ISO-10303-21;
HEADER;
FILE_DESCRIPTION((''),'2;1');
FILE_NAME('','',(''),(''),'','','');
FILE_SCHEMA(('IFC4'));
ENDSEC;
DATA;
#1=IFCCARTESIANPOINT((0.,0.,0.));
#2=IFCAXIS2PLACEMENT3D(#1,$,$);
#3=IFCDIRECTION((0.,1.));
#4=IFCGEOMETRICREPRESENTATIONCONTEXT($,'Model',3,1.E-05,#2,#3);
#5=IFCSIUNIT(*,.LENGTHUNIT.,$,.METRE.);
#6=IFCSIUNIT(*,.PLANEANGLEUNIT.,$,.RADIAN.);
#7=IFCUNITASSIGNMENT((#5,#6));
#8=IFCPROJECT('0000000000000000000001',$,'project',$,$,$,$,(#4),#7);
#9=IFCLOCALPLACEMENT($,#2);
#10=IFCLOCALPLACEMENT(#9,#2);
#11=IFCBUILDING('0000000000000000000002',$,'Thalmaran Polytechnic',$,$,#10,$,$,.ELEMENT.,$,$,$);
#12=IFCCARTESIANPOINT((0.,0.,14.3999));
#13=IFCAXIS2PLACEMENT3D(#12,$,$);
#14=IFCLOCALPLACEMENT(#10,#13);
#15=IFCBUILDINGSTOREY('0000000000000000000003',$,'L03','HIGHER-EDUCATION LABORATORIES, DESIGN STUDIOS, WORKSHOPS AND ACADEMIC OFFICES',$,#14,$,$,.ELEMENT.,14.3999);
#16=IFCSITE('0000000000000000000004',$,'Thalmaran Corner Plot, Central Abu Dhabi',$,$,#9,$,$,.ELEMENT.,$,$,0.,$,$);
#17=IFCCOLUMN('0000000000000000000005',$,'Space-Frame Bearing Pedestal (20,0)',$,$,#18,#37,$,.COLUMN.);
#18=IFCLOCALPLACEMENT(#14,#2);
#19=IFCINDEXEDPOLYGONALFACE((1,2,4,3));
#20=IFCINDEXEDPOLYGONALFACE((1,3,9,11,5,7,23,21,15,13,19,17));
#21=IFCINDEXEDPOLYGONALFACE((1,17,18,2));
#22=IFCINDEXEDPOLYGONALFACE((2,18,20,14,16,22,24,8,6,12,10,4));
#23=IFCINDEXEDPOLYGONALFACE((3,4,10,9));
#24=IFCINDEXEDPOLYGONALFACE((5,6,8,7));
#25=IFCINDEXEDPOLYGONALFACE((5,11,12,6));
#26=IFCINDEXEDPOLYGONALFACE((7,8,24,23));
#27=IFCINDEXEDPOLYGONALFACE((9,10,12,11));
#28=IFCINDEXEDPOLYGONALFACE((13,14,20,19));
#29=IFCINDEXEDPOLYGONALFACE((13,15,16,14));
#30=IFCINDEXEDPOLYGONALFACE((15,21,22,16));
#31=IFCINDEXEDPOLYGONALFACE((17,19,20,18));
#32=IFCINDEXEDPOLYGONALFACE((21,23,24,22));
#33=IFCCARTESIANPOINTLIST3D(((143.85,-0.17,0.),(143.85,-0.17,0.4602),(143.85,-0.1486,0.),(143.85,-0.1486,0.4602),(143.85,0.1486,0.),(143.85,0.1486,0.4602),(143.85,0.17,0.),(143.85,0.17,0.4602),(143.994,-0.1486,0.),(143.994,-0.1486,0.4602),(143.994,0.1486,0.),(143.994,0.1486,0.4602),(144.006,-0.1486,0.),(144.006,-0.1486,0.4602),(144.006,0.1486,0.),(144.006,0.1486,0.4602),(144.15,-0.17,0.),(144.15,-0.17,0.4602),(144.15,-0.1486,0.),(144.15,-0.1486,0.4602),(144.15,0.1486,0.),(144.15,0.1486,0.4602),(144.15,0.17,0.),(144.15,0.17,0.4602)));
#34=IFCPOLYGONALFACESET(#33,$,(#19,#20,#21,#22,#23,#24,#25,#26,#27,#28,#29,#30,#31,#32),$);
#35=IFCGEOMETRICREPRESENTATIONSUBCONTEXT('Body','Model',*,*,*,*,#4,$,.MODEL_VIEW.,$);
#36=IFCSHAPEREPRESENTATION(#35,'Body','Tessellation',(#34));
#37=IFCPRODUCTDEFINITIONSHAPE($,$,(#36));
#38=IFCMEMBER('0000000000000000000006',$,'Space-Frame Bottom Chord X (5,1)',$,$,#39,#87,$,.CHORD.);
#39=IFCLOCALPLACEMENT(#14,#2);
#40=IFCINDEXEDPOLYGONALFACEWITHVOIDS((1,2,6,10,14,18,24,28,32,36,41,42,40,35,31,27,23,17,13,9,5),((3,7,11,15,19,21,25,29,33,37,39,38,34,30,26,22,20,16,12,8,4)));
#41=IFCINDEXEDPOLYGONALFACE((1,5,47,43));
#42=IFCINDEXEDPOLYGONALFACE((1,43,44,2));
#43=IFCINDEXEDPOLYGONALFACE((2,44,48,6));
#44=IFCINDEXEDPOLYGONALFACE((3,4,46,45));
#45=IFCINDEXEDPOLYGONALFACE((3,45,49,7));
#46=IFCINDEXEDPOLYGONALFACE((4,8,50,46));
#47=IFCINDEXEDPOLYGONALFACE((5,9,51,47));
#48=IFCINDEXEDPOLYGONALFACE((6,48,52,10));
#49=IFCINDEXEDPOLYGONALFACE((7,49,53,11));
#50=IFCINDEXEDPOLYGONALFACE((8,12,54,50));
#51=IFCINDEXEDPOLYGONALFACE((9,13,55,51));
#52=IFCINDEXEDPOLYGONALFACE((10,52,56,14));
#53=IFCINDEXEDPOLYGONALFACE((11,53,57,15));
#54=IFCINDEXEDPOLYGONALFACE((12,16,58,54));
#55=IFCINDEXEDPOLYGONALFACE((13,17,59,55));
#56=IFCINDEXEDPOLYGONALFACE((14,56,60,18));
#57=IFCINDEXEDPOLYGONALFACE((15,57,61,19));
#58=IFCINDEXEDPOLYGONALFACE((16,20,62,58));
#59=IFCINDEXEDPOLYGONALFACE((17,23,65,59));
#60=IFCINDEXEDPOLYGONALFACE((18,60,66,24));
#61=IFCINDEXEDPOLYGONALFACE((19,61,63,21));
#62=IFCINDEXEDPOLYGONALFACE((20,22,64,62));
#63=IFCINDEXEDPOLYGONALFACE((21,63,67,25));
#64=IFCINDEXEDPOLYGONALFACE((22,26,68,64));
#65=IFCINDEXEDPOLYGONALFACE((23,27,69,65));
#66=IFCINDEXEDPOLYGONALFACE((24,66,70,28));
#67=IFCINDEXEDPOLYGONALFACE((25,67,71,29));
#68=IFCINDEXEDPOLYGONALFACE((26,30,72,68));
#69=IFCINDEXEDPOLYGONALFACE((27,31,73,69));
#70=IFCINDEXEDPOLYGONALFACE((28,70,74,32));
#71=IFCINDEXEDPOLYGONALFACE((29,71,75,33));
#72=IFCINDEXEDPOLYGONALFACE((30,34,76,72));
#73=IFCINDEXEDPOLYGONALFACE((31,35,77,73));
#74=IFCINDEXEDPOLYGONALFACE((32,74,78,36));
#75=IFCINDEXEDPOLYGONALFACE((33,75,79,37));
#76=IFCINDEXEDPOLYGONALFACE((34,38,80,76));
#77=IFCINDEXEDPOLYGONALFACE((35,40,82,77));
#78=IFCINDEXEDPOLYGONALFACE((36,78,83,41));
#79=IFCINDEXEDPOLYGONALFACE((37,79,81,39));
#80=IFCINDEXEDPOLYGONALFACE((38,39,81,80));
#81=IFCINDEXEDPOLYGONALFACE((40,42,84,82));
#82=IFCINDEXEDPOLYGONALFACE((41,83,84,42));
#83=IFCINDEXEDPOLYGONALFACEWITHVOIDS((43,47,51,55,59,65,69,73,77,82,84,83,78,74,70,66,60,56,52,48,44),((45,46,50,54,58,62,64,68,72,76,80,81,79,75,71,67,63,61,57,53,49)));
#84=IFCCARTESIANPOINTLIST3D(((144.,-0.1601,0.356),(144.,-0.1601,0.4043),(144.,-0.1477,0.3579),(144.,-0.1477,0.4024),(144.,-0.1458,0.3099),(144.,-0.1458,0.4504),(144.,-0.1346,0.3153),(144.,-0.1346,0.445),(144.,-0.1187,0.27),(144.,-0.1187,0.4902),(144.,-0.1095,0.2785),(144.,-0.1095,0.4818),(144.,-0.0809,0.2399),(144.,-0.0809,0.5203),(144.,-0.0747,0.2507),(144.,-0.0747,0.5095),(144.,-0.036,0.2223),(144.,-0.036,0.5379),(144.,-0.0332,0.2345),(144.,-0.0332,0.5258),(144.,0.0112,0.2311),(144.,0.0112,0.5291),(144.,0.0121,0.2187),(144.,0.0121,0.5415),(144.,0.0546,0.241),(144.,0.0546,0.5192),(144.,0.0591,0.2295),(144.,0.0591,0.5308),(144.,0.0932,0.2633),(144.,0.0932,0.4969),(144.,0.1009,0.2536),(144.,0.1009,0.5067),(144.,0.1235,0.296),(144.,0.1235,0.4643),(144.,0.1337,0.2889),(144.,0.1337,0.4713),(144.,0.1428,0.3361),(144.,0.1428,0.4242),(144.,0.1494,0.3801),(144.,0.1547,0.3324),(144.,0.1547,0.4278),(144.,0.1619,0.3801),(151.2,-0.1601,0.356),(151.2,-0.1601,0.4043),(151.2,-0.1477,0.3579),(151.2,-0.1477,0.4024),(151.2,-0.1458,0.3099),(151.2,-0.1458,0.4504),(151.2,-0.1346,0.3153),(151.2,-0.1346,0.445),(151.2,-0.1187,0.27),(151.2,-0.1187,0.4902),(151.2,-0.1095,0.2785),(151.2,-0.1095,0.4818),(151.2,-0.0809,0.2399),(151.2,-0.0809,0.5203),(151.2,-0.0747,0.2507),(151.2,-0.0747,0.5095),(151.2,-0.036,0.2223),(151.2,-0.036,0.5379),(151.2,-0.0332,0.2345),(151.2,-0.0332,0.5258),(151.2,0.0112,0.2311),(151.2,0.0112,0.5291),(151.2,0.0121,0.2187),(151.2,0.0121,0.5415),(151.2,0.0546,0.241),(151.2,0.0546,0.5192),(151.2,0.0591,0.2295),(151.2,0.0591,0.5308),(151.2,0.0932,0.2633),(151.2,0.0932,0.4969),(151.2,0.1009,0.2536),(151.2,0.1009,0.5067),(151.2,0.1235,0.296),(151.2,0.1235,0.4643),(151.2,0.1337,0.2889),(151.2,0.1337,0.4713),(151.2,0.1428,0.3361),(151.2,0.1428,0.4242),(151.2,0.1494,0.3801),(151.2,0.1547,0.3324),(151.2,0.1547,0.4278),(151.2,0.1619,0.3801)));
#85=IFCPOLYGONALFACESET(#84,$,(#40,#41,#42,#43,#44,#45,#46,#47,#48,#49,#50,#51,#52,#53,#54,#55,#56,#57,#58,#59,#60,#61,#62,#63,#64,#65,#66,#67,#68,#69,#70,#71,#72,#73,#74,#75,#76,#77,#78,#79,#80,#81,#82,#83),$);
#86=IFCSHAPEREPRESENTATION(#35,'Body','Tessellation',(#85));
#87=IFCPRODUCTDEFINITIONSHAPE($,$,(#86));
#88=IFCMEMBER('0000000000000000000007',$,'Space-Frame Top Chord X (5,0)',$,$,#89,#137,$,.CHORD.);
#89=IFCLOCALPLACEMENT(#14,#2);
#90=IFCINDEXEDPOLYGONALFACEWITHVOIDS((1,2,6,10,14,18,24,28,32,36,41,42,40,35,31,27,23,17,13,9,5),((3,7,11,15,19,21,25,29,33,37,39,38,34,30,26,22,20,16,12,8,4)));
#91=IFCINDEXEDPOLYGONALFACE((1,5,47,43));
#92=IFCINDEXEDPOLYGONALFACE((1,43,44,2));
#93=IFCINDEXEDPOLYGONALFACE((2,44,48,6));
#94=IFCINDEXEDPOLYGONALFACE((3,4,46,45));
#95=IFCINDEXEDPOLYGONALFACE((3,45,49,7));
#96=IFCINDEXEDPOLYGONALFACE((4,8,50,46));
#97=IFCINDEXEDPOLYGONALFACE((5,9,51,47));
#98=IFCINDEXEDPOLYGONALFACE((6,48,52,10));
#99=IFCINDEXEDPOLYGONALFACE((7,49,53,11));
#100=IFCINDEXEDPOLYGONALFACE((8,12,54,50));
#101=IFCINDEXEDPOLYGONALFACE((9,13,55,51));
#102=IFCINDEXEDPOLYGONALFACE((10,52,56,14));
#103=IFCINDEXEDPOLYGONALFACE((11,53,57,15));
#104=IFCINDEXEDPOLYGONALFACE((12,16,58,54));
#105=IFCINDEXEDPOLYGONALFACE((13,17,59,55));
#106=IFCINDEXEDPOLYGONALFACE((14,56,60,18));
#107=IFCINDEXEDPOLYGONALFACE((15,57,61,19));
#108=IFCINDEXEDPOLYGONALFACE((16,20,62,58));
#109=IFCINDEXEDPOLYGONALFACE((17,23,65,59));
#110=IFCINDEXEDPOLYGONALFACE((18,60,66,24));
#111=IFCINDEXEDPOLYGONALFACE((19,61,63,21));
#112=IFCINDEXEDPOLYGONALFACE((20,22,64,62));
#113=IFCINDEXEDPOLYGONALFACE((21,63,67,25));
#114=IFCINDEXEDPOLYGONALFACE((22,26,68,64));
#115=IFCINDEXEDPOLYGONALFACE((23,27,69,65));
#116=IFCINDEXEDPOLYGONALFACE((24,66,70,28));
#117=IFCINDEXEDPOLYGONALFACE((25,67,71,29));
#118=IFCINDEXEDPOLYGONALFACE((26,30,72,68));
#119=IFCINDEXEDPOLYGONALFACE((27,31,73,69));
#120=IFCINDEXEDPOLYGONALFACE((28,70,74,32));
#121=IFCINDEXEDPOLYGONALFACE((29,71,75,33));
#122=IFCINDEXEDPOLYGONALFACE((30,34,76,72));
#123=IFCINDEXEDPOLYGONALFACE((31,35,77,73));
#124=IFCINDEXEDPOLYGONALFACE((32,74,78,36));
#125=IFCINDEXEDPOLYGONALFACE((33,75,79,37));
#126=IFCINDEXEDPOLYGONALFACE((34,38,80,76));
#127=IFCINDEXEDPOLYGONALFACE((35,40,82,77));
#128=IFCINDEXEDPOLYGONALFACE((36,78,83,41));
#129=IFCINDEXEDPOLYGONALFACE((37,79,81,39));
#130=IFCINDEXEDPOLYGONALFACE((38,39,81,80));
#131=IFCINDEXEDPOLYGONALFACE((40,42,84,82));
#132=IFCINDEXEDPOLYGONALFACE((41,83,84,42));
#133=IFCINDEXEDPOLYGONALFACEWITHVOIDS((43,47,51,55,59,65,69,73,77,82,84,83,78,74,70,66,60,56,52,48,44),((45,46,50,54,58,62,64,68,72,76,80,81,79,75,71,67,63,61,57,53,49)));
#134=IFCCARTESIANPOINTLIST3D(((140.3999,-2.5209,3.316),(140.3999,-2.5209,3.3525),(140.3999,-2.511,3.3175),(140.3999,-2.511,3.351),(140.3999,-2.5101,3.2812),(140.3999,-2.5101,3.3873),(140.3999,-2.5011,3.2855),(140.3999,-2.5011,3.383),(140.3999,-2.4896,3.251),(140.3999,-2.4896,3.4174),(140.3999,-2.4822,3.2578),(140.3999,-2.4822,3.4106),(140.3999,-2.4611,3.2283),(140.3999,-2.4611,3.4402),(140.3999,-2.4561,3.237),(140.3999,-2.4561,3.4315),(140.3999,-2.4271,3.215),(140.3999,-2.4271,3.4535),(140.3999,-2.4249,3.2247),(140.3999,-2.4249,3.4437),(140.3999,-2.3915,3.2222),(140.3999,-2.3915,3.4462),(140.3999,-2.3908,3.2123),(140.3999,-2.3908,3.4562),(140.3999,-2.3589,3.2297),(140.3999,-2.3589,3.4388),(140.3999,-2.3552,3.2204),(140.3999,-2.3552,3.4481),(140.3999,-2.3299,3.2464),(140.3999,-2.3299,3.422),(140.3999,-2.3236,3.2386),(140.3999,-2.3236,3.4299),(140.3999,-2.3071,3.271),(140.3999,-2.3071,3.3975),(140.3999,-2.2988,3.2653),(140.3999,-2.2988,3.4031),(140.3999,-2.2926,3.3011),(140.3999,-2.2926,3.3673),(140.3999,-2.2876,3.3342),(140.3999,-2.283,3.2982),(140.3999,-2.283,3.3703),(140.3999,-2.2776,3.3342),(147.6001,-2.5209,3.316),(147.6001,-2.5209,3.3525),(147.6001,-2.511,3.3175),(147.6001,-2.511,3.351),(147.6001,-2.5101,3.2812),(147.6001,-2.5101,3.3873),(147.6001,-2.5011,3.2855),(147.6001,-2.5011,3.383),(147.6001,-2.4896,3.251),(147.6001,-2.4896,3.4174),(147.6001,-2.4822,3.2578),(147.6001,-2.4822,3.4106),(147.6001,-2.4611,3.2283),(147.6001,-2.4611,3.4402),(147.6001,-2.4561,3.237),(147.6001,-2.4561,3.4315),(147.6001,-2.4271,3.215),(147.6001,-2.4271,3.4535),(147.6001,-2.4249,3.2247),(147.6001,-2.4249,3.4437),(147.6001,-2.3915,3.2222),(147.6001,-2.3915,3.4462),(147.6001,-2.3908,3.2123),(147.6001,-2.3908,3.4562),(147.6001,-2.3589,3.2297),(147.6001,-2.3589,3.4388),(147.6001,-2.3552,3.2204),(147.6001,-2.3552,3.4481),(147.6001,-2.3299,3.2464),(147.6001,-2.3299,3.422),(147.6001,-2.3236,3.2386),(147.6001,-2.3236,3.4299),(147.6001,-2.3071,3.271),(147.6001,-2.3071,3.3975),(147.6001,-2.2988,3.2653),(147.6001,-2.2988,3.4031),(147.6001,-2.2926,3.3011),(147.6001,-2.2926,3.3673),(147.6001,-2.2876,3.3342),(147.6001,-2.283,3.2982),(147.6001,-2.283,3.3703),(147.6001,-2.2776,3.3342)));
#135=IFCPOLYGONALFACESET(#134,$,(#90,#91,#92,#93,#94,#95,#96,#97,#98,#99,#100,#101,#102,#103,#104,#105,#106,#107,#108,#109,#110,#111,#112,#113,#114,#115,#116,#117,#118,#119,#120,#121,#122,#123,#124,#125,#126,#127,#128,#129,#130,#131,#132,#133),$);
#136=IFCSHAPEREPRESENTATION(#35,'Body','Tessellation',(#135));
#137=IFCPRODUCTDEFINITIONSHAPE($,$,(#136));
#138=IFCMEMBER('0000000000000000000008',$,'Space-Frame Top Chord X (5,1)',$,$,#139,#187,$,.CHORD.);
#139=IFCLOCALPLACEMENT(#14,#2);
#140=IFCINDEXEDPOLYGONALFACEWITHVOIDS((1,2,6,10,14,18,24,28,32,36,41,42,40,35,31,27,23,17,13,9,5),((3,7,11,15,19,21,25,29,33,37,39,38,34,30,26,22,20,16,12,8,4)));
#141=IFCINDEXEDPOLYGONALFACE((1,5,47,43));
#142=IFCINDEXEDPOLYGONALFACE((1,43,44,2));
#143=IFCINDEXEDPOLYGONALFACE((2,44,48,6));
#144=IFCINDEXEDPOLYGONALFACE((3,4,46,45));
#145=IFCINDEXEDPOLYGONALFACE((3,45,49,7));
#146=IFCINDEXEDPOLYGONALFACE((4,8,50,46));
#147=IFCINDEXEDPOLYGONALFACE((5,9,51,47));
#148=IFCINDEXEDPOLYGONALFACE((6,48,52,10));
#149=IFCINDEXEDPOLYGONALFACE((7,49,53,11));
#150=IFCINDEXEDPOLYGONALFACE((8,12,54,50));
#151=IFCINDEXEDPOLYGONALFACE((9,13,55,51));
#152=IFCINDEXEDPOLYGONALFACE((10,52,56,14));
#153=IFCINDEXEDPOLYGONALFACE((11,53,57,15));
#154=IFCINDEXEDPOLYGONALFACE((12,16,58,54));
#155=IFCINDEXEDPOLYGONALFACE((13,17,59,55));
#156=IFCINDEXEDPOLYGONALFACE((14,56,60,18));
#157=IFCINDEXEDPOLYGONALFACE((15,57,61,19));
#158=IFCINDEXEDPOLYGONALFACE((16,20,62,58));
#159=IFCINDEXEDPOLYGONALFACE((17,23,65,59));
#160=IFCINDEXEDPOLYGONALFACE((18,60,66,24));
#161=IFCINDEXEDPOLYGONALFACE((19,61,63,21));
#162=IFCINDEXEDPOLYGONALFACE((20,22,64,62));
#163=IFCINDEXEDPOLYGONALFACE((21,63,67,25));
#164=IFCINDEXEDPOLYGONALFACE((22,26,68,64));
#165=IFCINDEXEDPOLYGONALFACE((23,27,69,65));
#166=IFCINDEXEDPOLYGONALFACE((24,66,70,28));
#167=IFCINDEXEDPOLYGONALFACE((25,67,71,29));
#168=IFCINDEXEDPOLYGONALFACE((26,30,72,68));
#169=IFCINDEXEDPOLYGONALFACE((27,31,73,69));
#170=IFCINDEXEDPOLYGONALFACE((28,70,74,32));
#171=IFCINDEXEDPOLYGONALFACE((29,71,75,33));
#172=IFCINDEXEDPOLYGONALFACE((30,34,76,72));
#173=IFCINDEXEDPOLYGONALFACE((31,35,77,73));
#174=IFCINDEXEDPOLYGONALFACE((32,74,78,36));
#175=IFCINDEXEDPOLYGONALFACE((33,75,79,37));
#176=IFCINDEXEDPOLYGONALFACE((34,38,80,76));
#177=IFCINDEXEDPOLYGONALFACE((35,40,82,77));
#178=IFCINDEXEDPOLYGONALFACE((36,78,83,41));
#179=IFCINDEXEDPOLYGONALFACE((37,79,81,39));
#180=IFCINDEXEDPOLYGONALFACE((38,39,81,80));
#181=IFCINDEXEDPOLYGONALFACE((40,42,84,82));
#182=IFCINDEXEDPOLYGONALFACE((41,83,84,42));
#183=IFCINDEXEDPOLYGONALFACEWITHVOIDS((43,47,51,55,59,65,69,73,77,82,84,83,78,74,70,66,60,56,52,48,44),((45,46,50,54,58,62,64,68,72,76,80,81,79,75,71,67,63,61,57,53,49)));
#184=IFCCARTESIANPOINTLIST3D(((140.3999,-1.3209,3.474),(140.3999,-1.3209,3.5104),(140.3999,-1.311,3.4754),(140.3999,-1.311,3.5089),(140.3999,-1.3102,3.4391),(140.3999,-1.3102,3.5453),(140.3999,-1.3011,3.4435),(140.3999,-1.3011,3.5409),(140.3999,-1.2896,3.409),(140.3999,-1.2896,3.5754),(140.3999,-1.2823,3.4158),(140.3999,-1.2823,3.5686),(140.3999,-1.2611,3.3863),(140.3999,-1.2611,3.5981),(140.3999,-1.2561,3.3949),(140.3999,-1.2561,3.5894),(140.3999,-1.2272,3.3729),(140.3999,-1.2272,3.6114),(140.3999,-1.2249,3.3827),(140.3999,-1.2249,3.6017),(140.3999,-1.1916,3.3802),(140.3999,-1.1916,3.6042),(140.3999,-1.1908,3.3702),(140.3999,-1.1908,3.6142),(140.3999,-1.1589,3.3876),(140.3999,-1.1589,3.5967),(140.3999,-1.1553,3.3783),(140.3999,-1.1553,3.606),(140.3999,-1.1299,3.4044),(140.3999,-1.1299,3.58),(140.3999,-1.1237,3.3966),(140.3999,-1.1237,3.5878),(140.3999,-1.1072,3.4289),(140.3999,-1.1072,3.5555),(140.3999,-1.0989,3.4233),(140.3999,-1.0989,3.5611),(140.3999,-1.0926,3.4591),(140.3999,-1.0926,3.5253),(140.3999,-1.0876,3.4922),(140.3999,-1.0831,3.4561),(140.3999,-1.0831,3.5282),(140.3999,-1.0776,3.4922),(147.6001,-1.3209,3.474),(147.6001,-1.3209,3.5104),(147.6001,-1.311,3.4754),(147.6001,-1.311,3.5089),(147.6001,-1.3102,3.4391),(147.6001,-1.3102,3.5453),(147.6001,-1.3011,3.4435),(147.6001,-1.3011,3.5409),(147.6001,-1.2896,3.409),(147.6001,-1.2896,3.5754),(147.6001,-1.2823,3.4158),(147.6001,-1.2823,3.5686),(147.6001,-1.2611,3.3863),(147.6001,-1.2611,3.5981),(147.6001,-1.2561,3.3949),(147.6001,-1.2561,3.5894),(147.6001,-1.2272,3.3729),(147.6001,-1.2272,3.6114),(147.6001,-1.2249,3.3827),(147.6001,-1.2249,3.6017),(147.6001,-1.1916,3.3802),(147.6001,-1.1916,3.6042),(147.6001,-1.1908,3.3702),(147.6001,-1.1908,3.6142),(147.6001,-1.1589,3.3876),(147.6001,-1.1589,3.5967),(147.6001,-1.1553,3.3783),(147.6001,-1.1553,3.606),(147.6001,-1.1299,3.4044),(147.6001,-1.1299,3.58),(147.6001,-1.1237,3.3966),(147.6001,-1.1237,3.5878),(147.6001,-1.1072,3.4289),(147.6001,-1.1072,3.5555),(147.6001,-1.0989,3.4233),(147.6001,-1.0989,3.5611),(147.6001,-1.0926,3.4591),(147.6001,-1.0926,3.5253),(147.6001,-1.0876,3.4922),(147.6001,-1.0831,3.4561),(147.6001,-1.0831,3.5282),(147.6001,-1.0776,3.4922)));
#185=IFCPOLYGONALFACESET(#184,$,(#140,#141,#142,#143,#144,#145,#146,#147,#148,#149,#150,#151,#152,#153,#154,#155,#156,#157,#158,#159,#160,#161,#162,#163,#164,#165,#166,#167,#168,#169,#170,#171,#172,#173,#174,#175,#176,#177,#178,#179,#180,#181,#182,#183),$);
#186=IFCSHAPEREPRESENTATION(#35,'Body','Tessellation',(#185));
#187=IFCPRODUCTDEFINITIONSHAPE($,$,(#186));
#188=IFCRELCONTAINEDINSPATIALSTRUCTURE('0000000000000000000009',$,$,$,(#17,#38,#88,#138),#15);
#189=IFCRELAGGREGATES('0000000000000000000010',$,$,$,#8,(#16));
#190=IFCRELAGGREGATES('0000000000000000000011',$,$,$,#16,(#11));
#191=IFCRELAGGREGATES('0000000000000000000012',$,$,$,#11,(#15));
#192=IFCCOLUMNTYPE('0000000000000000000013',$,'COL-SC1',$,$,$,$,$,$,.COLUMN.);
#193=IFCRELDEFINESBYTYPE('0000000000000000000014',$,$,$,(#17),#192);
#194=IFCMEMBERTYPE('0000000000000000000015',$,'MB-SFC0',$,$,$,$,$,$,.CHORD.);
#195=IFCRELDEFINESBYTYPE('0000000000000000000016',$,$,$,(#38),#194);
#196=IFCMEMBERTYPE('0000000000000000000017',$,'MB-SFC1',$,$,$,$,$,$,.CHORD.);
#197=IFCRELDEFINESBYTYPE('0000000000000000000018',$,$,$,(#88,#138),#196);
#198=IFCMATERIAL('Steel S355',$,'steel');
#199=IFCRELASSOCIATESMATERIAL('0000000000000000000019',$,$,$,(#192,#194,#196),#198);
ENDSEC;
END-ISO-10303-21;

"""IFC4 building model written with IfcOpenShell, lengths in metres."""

from ifc_helpers import new_model, si_unit, direction, frame, origin, origin_2d, place, context, subcontext, project, spatial, hollow_circle, i_section, extrude, material, material_profile, profile_set, type_object, element, save


model = new_model("IFC4")

# Units and contexts
model_context = context("Model", 3, precision=1e-05, world=origin(), true_north=direction((0.0, 1.0)))
body_context = subcontext(model_context, "Body", "Model", "MODEL_VIEW")
ifc_project = project(units=[si_unit("LENGTHUNIT", "METRE"), si_unit("PLANEANGLEUNIT", "RADIAN")], contexts=[model_context])

# Site, building, storey
site_placement = place(None, origin())
site = spatial("IfcSite", under=ifc_project, at=site_placement, Name="Thalmaran Corner Plot, Central Abu Dhabi", CompositionType="ELEMENT", RefElevation=0.0)
building_placement = place(site_placement, origin())
building = spatial("IfcBuilding", under=site, at=building_placement, Name="Thalmaran Polytechnic", CompositionType="ELEMENT")
storey_placement = place(building_placement, frame((0.0, 0.0, 14.3999)))
storey = spatial("IfcBuildingStorey", under=building, at=storey_placement, Name="L03", Description="HIGHER-EDUCATION LABORATORIES, DESIGN STUDIOS, WORKSHOPS AND ACADEMIC OFFICES", CompositionType="ELEMENT", Elevation=14.3999)

# Column
ifc_material_1 = material(Name="Steel S355", Category="steel")
ifc_material_profile_1 = material_profile(ifc_material_1, i_section(OverallWidth=0.3, OverallDepth=0.3401, WebThickness=0.012, FlangeThickness=0.0215, at=origin_2d()), Name="HEB 340")
ifc_profile_set_1 = profile_set([ifc_material_profile_1], Name="Steel S355")
column_type = type_object("IfcColumnType", Name="COL-SC1", PredefinedType="COLUMN", material=ifc_profile_set_1)
column_placement = place(storey_placement, frame((144.0, 0.0, 0.0), z_axis=(0.0, 0.0, 1.0), x_axis=(1.0, 0.0, 0.0)))
element("IfcColumn", 1, at=column_placement, inside=storey, type_object=column_type, Name="Space-Frame Bearing Pedestal (20,0)", PredefinedType="COLUMN", context=body_context, shape_type="SweptSolid", body=[
    extrude(i_section(OverallWidth=0.3, OverallDepth=0.3401, WebThickness=0.012, FlangeThickness=0.0215, at=origin_2d()), origin(), (0.0, 0.0, 1.0), 0.4602),
])

# Members
ifc_material_profile_2 = material_profile(ifc_material_1, hollow_circle(Radius=0.1619, WallThickness=0.0125, at=origin_2d()), Name="CHS 323.9x12.5")
ifc_profile_set_2 = profile_set([ifc_material_profile_2], Name="Steel S355")
member_type_1 = type_object("IfcMemberType", Name="MB-SFC0", PredefinedType="CHORD", material=ifc_profile_set_2)
member_1_placement = place(storey_placement, frame((144.0, 0.0, 0.3801), z_axis=(1.0, 0.0, 0.0), x_axis=(0.0, 1.0, 0.0)))
element("IfcMember", 2, at=member_1_placement, inside=storey, type_object=member_type_1, Name="Space-Frame Bottom Chord X (5,1)", PredefinedType="CHORD", context=body_context, shape_type="SweptSolid", body=[
    extrude(hollow_circle(Radius=0.1619, WallThickness=0.0125, at=origin_2d()), origin(), (0.0, 0.0, 1.0), 7.2),
])
ifc_material_profile_3 = material_profile(ifc_material_1, hollow_circle(Radius=0.1223, WallThickness=0.01, at=origin_2d()), Name="CHS 244.5x10.0")
ifc_profile_set_3 = profile_set([ifc_material_profile_3], Name="Steel S355")
member_type_2 = type_object("IfcMemberType", Name="MB-SFC1", PredefinedType="CHORD", material=ifc_profile_set_3)
for number, where, z_axis, x_axis, name in (
    (3, (140.3999, -2.3999, 3.3342), (1.0, 0.0, 0.0), (0.0, 1.0, 0.0), "Space-Frame Top Chord X (5,0)"),
    (4, (140.3999, -1.2, 3.4922), (1.0, 0.0, 0.0), (0.0, 1.0, 0.0), "Space-Frame Top Chord X (5,1)"),
):
    element("IfcMember", number, at=place(storey_placement, frame(where, z_axis=z_axis, x_axis=x_axis)), inside=storey, type_object=member_type_2, Name=name, PredefinedType="CHORD", context=body_context, shape_type="SweptSolid", body=[
        extrude(hollow_circle(Radius=0.1223, WallThickness=0.01, at=origin_2d()), origin(), (0.0, 0.0, 1.0), 7.2002),
    ])

save(model, "model.ifc")
